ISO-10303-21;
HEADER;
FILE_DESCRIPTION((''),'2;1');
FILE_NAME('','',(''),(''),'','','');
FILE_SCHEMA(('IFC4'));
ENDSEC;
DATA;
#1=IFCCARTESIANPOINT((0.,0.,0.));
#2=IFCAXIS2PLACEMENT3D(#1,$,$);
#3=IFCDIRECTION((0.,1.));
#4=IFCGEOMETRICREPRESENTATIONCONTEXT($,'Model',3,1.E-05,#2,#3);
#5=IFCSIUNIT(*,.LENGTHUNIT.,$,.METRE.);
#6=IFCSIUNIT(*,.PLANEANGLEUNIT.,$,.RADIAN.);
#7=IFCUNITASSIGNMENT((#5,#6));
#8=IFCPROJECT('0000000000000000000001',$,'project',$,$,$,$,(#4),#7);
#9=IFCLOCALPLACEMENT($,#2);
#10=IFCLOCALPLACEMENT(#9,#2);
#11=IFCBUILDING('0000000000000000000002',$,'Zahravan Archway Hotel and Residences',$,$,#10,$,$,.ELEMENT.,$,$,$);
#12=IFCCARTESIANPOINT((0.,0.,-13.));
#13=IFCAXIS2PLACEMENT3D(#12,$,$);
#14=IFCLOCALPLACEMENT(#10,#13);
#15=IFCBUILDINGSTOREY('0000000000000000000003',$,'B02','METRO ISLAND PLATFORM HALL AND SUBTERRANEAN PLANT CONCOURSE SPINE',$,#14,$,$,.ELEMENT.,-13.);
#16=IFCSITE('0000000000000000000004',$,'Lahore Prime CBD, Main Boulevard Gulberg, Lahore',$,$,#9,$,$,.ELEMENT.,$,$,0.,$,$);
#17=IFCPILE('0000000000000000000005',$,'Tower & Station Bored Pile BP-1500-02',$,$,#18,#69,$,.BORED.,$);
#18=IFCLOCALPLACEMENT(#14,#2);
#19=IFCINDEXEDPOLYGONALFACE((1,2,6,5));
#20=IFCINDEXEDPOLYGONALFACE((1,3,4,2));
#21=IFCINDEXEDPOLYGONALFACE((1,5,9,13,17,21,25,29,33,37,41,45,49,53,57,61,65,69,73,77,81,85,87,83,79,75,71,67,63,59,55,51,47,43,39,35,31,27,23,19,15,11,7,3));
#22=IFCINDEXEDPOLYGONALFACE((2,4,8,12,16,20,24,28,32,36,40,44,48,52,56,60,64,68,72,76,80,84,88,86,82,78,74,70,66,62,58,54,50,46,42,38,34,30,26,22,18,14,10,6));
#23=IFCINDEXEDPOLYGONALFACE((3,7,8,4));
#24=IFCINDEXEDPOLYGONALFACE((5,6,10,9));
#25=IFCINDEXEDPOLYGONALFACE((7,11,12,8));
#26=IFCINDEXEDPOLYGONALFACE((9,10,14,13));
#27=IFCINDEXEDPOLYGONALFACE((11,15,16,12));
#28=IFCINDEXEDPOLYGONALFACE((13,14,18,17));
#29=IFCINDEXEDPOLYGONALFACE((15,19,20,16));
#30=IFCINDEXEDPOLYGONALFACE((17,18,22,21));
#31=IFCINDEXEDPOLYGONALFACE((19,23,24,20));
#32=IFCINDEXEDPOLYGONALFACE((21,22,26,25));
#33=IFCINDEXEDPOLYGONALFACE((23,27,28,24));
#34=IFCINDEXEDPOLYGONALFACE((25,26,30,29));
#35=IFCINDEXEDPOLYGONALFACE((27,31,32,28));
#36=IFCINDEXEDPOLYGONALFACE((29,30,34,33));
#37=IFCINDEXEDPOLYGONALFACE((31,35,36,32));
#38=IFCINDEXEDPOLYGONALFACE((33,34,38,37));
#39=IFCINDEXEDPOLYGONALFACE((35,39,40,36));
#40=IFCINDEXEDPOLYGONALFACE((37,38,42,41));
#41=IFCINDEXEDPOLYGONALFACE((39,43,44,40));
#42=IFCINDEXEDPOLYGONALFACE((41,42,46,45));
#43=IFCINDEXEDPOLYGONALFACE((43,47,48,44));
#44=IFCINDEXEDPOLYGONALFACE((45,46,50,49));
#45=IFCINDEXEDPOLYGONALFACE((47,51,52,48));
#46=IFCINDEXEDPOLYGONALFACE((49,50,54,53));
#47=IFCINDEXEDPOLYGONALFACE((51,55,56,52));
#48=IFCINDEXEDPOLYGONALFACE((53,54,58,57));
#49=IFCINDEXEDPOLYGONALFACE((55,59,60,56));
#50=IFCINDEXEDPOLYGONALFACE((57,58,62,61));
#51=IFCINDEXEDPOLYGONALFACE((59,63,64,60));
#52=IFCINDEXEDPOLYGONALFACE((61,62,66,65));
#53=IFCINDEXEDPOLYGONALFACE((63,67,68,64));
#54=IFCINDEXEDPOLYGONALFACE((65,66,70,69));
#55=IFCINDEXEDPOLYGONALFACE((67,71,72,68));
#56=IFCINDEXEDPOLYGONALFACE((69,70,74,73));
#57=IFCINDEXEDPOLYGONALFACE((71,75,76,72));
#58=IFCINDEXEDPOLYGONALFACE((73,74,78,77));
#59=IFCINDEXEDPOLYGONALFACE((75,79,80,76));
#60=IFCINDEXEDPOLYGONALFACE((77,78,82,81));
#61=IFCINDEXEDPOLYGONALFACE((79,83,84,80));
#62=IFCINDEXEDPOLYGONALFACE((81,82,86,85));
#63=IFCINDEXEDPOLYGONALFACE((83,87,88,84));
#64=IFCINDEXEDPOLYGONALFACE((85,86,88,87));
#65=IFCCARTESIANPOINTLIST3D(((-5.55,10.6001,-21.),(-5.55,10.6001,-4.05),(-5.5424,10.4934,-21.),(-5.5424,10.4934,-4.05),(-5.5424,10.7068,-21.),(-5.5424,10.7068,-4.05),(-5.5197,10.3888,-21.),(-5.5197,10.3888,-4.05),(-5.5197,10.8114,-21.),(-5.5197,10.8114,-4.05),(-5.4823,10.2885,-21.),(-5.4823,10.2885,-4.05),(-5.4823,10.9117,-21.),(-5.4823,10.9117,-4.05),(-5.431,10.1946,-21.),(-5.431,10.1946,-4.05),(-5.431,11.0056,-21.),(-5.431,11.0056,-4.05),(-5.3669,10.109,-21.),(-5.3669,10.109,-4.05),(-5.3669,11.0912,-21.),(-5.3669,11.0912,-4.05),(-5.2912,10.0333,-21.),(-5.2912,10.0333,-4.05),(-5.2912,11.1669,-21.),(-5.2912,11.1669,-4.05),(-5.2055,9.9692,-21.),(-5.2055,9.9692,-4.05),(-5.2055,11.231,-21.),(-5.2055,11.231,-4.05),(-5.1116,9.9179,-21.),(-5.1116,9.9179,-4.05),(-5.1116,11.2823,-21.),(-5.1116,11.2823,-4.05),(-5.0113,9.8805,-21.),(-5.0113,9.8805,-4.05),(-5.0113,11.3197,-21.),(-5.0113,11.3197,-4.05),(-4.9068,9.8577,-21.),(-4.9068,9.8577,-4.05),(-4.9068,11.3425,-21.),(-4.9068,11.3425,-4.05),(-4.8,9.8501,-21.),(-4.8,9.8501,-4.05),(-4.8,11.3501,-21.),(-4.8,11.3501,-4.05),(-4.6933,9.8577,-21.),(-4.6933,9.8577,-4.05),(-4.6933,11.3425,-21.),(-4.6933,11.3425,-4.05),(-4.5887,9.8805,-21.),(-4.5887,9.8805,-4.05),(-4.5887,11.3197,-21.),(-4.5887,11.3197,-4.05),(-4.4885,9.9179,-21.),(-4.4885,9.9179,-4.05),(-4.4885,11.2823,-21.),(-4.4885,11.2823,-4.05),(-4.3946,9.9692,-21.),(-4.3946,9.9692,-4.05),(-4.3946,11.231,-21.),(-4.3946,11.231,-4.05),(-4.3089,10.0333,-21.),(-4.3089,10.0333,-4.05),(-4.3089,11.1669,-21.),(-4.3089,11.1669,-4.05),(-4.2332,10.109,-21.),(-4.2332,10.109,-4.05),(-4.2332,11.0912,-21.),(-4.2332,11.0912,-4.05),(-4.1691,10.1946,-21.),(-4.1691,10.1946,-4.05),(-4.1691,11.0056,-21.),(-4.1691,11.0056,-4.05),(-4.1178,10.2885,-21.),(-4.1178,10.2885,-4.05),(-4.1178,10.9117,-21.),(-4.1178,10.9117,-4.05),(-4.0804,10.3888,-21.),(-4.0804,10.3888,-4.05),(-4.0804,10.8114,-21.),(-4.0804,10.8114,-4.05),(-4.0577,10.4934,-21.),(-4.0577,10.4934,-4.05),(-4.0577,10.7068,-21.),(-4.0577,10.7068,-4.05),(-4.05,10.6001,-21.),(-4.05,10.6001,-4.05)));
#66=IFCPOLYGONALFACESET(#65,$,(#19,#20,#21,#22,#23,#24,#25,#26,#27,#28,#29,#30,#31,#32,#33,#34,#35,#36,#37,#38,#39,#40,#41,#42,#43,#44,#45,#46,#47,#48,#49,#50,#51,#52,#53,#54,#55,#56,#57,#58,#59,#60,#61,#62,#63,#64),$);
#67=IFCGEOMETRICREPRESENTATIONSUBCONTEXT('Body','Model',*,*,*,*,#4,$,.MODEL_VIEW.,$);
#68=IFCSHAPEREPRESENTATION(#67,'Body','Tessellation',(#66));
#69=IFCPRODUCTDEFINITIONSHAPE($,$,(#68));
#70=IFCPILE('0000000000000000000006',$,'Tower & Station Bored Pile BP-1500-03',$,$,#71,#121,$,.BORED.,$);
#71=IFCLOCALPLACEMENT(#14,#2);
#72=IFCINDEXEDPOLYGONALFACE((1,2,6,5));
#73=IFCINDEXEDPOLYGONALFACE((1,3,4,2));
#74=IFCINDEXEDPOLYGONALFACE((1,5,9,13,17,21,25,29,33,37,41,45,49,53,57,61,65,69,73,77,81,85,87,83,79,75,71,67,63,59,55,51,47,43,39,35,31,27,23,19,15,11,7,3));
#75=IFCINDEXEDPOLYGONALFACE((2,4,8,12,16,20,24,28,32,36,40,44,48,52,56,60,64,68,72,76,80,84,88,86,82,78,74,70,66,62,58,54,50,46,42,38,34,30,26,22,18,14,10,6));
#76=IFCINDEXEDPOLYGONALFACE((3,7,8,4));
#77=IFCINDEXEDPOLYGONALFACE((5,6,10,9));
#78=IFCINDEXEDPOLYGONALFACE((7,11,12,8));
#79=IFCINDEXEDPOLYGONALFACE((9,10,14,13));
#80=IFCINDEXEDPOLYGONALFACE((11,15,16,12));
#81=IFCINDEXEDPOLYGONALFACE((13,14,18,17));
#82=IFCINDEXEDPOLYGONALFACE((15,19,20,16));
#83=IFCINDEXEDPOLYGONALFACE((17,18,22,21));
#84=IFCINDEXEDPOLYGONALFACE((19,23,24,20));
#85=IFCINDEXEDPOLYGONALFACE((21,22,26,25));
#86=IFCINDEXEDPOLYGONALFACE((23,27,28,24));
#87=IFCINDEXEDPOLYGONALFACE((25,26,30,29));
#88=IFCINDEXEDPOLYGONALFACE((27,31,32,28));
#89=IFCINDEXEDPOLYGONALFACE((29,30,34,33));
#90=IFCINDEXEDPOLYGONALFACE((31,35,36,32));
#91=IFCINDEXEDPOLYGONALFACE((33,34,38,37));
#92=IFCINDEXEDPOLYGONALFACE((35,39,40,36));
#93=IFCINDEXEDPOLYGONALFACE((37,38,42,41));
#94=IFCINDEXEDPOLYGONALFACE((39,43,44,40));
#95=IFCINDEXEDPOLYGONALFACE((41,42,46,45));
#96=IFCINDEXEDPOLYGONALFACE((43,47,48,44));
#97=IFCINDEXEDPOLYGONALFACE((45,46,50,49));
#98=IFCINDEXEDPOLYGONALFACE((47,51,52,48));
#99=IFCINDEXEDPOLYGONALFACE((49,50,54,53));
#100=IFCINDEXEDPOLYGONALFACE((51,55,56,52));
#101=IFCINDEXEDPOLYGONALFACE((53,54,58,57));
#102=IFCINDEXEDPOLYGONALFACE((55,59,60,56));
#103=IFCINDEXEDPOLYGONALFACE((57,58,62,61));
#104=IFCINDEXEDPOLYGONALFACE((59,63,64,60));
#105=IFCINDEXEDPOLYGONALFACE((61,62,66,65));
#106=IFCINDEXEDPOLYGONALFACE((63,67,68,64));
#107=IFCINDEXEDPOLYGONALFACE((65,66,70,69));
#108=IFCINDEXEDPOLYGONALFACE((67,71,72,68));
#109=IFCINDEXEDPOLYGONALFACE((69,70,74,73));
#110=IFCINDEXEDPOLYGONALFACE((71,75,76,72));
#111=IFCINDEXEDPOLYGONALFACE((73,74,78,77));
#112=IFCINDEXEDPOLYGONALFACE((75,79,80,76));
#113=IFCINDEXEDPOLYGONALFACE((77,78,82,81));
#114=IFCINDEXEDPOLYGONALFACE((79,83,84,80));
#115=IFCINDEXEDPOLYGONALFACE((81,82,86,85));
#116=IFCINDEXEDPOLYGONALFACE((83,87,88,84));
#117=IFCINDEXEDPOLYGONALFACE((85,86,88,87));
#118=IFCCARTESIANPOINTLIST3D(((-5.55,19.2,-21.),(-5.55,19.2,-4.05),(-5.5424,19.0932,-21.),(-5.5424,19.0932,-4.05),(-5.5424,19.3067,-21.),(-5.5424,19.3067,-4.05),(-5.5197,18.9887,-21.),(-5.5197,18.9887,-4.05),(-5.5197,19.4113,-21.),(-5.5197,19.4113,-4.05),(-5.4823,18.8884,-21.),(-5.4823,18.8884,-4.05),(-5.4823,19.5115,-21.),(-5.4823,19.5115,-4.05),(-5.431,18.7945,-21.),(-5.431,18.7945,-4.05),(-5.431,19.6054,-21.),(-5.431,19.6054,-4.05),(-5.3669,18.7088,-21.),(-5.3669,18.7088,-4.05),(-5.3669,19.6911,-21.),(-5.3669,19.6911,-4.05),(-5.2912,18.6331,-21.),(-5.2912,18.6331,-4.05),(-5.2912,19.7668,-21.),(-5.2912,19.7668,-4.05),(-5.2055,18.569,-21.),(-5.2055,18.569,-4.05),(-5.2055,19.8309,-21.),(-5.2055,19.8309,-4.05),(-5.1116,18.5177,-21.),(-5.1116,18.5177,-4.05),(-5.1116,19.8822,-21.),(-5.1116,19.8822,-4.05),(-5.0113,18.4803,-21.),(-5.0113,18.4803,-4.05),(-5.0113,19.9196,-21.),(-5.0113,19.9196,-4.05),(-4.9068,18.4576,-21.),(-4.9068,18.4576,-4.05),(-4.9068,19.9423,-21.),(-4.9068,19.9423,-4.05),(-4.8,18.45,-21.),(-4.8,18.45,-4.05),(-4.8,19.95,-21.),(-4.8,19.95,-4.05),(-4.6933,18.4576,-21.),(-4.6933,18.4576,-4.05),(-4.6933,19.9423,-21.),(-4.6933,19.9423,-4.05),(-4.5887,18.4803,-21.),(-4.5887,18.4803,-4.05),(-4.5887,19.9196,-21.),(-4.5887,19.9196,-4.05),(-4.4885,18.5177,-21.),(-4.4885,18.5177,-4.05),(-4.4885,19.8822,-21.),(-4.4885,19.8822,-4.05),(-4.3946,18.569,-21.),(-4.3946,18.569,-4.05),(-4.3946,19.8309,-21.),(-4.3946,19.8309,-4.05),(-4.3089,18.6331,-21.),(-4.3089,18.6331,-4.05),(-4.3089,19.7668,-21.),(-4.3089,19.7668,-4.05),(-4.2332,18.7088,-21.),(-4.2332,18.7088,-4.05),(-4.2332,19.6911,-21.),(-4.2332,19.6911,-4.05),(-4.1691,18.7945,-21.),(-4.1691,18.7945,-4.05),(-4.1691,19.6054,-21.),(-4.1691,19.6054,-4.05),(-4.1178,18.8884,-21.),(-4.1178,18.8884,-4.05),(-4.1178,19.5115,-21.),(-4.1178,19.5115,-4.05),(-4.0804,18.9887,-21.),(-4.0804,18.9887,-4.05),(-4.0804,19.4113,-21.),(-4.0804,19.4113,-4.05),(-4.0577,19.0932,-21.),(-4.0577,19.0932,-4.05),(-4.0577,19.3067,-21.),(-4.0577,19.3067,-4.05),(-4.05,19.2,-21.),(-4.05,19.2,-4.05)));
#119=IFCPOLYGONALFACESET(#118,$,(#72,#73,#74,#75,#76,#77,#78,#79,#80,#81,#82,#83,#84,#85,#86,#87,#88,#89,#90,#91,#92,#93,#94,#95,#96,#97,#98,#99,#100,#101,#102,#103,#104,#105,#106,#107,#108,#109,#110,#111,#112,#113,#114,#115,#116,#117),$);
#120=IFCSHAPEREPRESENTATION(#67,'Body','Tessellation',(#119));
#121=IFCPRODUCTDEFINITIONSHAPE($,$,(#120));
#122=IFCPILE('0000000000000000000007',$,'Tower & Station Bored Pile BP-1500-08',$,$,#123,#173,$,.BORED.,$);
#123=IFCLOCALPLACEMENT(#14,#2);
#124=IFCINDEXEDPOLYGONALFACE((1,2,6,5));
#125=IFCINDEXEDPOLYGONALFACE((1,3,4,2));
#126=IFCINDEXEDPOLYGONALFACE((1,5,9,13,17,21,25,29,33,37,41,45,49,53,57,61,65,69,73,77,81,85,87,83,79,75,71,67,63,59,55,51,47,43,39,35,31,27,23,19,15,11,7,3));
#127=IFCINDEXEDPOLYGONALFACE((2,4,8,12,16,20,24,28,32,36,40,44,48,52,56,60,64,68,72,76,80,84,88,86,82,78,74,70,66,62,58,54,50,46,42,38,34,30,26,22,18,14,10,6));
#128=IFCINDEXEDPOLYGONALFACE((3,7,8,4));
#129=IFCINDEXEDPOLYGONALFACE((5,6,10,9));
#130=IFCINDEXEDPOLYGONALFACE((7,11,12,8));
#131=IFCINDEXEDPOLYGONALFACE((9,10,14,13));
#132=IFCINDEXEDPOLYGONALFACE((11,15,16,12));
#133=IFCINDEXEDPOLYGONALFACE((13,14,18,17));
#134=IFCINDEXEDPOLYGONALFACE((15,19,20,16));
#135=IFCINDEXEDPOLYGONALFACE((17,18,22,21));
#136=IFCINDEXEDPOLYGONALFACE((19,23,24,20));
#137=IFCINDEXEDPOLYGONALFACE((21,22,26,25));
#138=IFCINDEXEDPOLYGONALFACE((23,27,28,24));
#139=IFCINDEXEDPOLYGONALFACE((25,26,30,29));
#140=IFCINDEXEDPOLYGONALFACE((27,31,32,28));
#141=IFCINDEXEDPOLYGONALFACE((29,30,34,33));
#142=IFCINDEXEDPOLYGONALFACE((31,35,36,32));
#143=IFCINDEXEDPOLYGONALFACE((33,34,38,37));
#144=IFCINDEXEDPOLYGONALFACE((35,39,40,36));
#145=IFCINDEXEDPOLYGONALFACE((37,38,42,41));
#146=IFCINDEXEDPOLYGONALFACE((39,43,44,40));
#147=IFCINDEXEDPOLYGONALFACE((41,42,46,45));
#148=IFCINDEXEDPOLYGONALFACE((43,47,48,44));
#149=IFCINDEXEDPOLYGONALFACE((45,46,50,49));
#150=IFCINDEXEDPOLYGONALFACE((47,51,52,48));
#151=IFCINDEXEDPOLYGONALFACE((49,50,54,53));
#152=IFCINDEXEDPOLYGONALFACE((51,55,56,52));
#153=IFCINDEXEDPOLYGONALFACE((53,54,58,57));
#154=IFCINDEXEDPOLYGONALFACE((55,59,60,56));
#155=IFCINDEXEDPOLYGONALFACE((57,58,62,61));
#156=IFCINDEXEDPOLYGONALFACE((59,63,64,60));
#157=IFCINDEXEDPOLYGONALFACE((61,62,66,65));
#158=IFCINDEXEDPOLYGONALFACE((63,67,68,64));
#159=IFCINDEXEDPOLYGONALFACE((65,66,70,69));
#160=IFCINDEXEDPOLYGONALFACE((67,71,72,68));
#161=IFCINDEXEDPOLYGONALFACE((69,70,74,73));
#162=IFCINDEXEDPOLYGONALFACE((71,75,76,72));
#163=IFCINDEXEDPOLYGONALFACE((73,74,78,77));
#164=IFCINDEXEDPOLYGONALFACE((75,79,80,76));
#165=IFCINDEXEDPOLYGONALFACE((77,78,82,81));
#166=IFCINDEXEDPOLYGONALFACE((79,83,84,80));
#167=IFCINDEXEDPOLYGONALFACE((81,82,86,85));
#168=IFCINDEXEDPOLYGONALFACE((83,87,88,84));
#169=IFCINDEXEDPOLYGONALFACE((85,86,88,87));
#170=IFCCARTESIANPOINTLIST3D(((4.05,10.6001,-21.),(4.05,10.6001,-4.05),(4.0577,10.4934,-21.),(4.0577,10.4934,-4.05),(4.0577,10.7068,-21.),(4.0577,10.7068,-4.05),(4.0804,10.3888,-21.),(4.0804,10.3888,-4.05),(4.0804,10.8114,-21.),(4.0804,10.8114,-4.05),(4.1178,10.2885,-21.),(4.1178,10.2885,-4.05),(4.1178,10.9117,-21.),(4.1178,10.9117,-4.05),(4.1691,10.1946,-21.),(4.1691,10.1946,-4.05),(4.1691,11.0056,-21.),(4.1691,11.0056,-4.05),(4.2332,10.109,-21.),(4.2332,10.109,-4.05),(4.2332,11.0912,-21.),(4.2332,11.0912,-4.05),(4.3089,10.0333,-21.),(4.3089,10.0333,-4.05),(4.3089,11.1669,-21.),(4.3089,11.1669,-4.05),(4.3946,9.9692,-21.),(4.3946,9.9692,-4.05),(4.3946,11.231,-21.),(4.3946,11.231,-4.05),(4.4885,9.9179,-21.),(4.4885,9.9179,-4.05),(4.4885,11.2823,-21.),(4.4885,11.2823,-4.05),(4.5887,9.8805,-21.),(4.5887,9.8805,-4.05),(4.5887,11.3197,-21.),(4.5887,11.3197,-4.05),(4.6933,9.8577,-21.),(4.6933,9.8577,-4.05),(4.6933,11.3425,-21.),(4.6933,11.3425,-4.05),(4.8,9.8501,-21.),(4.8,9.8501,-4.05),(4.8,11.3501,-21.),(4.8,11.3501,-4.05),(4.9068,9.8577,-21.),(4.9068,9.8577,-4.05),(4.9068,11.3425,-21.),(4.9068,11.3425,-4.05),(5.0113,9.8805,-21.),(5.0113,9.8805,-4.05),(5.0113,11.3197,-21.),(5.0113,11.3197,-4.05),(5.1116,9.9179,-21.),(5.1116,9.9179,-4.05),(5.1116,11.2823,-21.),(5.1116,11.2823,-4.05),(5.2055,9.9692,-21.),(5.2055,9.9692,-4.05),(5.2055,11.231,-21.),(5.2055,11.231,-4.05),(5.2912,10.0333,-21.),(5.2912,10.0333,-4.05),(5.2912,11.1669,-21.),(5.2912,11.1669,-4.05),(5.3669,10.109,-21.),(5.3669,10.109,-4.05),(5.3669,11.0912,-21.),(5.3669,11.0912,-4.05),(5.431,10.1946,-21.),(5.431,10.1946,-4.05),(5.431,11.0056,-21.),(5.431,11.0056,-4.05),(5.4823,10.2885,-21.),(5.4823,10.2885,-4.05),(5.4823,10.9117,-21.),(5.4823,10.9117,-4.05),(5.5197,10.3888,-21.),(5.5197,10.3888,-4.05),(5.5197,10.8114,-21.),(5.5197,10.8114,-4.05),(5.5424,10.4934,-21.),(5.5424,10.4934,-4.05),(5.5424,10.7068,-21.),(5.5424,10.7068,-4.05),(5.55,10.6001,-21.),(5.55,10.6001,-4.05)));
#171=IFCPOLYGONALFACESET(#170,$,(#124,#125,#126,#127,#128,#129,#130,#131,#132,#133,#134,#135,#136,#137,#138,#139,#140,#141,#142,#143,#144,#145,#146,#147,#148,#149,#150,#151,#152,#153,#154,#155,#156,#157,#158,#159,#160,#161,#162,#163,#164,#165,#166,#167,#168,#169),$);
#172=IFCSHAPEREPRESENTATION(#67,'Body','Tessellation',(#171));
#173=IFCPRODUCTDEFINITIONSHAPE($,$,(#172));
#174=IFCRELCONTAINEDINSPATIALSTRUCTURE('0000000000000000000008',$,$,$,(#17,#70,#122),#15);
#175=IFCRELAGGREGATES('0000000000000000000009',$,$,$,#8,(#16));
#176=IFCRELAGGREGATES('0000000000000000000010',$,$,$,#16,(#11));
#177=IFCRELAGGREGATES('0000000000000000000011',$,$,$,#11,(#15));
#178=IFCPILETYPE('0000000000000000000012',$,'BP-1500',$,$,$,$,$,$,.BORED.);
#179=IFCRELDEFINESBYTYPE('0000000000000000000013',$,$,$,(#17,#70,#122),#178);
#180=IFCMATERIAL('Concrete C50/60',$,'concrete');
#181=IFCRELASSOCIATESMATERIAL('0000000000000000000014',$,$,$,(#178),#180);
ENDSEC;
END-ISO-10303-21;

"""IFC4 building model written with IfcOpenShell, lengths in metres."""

from ifc_helpers import new_model, si_unit, direction, frame, origin, origin_2d, place, context, subcontext, project, spatial, circle, extrude, source, transform, mapped, material, material_profile, profile_set, type_object, type_shapes, element, save


model = new_model("IFC4")

# Units and contexts
model_context = context("Model", 3, precision=1e-05, world=origin(), true_north=direction((0.0, 1.0)))
body_context = subcontext(model_context, "Body", "Model", "MODEL_VIEW")
ifc_project = project(units=[si_unit("LENGTHUNIT", "METRE"), si_unit("PLANEANGLEUNIT", "RADIAN")], contexts=[model_context])

# Site, building, storey
site_placement = place(None, origin())
site = spatial("IfcSite", under=ifc_project, at=site_placement, Name="Lahore Prime CBD, Main Boulevard Gulberg, Lahore", CompositionType="ELEMENT", RefElevation=0.0)
building_placement = place(site_placement, origin())
building = spatial("IfcBuilding", under=site, at=building_placement, Name="Zahravan Archway Hotel and Residences", CompositionType="ELEMENT")
storey_placement = place(building_placement, frame((0.0, 0.0, -13.0)))
storey = spatial("IfcBuildingStorey", under=building, at=storey_placement, Name="B02", Description="METRO ISLAND PLATFORM HALL AND SUBTERRANEAN PLANT CONCOURSE SPINE", CompositionType="ELEMENT", Elevation=-13.0)

# Piles
ifc_material_1 = material(Name="Concrete C50/60", Category="concrete")
ifc_material_profile_1 = material_profile(ifc_material_1, circle(Radius=0.75, at=origin_2d()), Name="PILE D1500", Category="concrete")
ifc_profile_set_1 = profile_set([ifc_material_profile_1], Name="Concrete C50/60")
pile_type = type_object("IfcPileType", Name="BP-1500", PredefinedType="BORED", material=ifc_profile_set_1)
shared_shape_1 = source(origin(), body_context, "Body", "SweptSolid", [
    extrude(circle(Radius=0.75, at=origin_2d()), origin(), (0.0, 0.0, 1.0), 16.95),
])
type_shapes(pile_type, [shared_shape_1])
for number, where, z_axis, x_axis, name in (
    (1, (-4.8, 10.6001, -4.05), (0.0, 0.0, -1.0), (1.0, 0.0, 0.0), "Tower & Station Bored Pile BP-1500-02"),
    (2, (-4.8, 19.2, -4.05), (0.0, 0.0, -1.0), (1.0, 0.0, 0.0), "Tower & Station Bored Pile BP-1500-03"),
    (3, (4.8, 10.6001, -4.05), (0.0, 0.0, -1.0), (1.0, 0.0, 0.0), "Tower & Station Bored Pile BP-1500-08"),
):
    element("IfcPile", number, at=place(storey_placement, frame(where, z_axis=z_axis, x_axis=x_axis)), inside=storey, type_object=pile_type, Name=name, PredefinedType="BORED", context=body_context, shape_type="MappedRepresentation", body=[
        mapped(shared_shape_1, transform((0.0, 0.0, 0.0), scale=1.0)),
    ])

save(model, "model.ifc")
